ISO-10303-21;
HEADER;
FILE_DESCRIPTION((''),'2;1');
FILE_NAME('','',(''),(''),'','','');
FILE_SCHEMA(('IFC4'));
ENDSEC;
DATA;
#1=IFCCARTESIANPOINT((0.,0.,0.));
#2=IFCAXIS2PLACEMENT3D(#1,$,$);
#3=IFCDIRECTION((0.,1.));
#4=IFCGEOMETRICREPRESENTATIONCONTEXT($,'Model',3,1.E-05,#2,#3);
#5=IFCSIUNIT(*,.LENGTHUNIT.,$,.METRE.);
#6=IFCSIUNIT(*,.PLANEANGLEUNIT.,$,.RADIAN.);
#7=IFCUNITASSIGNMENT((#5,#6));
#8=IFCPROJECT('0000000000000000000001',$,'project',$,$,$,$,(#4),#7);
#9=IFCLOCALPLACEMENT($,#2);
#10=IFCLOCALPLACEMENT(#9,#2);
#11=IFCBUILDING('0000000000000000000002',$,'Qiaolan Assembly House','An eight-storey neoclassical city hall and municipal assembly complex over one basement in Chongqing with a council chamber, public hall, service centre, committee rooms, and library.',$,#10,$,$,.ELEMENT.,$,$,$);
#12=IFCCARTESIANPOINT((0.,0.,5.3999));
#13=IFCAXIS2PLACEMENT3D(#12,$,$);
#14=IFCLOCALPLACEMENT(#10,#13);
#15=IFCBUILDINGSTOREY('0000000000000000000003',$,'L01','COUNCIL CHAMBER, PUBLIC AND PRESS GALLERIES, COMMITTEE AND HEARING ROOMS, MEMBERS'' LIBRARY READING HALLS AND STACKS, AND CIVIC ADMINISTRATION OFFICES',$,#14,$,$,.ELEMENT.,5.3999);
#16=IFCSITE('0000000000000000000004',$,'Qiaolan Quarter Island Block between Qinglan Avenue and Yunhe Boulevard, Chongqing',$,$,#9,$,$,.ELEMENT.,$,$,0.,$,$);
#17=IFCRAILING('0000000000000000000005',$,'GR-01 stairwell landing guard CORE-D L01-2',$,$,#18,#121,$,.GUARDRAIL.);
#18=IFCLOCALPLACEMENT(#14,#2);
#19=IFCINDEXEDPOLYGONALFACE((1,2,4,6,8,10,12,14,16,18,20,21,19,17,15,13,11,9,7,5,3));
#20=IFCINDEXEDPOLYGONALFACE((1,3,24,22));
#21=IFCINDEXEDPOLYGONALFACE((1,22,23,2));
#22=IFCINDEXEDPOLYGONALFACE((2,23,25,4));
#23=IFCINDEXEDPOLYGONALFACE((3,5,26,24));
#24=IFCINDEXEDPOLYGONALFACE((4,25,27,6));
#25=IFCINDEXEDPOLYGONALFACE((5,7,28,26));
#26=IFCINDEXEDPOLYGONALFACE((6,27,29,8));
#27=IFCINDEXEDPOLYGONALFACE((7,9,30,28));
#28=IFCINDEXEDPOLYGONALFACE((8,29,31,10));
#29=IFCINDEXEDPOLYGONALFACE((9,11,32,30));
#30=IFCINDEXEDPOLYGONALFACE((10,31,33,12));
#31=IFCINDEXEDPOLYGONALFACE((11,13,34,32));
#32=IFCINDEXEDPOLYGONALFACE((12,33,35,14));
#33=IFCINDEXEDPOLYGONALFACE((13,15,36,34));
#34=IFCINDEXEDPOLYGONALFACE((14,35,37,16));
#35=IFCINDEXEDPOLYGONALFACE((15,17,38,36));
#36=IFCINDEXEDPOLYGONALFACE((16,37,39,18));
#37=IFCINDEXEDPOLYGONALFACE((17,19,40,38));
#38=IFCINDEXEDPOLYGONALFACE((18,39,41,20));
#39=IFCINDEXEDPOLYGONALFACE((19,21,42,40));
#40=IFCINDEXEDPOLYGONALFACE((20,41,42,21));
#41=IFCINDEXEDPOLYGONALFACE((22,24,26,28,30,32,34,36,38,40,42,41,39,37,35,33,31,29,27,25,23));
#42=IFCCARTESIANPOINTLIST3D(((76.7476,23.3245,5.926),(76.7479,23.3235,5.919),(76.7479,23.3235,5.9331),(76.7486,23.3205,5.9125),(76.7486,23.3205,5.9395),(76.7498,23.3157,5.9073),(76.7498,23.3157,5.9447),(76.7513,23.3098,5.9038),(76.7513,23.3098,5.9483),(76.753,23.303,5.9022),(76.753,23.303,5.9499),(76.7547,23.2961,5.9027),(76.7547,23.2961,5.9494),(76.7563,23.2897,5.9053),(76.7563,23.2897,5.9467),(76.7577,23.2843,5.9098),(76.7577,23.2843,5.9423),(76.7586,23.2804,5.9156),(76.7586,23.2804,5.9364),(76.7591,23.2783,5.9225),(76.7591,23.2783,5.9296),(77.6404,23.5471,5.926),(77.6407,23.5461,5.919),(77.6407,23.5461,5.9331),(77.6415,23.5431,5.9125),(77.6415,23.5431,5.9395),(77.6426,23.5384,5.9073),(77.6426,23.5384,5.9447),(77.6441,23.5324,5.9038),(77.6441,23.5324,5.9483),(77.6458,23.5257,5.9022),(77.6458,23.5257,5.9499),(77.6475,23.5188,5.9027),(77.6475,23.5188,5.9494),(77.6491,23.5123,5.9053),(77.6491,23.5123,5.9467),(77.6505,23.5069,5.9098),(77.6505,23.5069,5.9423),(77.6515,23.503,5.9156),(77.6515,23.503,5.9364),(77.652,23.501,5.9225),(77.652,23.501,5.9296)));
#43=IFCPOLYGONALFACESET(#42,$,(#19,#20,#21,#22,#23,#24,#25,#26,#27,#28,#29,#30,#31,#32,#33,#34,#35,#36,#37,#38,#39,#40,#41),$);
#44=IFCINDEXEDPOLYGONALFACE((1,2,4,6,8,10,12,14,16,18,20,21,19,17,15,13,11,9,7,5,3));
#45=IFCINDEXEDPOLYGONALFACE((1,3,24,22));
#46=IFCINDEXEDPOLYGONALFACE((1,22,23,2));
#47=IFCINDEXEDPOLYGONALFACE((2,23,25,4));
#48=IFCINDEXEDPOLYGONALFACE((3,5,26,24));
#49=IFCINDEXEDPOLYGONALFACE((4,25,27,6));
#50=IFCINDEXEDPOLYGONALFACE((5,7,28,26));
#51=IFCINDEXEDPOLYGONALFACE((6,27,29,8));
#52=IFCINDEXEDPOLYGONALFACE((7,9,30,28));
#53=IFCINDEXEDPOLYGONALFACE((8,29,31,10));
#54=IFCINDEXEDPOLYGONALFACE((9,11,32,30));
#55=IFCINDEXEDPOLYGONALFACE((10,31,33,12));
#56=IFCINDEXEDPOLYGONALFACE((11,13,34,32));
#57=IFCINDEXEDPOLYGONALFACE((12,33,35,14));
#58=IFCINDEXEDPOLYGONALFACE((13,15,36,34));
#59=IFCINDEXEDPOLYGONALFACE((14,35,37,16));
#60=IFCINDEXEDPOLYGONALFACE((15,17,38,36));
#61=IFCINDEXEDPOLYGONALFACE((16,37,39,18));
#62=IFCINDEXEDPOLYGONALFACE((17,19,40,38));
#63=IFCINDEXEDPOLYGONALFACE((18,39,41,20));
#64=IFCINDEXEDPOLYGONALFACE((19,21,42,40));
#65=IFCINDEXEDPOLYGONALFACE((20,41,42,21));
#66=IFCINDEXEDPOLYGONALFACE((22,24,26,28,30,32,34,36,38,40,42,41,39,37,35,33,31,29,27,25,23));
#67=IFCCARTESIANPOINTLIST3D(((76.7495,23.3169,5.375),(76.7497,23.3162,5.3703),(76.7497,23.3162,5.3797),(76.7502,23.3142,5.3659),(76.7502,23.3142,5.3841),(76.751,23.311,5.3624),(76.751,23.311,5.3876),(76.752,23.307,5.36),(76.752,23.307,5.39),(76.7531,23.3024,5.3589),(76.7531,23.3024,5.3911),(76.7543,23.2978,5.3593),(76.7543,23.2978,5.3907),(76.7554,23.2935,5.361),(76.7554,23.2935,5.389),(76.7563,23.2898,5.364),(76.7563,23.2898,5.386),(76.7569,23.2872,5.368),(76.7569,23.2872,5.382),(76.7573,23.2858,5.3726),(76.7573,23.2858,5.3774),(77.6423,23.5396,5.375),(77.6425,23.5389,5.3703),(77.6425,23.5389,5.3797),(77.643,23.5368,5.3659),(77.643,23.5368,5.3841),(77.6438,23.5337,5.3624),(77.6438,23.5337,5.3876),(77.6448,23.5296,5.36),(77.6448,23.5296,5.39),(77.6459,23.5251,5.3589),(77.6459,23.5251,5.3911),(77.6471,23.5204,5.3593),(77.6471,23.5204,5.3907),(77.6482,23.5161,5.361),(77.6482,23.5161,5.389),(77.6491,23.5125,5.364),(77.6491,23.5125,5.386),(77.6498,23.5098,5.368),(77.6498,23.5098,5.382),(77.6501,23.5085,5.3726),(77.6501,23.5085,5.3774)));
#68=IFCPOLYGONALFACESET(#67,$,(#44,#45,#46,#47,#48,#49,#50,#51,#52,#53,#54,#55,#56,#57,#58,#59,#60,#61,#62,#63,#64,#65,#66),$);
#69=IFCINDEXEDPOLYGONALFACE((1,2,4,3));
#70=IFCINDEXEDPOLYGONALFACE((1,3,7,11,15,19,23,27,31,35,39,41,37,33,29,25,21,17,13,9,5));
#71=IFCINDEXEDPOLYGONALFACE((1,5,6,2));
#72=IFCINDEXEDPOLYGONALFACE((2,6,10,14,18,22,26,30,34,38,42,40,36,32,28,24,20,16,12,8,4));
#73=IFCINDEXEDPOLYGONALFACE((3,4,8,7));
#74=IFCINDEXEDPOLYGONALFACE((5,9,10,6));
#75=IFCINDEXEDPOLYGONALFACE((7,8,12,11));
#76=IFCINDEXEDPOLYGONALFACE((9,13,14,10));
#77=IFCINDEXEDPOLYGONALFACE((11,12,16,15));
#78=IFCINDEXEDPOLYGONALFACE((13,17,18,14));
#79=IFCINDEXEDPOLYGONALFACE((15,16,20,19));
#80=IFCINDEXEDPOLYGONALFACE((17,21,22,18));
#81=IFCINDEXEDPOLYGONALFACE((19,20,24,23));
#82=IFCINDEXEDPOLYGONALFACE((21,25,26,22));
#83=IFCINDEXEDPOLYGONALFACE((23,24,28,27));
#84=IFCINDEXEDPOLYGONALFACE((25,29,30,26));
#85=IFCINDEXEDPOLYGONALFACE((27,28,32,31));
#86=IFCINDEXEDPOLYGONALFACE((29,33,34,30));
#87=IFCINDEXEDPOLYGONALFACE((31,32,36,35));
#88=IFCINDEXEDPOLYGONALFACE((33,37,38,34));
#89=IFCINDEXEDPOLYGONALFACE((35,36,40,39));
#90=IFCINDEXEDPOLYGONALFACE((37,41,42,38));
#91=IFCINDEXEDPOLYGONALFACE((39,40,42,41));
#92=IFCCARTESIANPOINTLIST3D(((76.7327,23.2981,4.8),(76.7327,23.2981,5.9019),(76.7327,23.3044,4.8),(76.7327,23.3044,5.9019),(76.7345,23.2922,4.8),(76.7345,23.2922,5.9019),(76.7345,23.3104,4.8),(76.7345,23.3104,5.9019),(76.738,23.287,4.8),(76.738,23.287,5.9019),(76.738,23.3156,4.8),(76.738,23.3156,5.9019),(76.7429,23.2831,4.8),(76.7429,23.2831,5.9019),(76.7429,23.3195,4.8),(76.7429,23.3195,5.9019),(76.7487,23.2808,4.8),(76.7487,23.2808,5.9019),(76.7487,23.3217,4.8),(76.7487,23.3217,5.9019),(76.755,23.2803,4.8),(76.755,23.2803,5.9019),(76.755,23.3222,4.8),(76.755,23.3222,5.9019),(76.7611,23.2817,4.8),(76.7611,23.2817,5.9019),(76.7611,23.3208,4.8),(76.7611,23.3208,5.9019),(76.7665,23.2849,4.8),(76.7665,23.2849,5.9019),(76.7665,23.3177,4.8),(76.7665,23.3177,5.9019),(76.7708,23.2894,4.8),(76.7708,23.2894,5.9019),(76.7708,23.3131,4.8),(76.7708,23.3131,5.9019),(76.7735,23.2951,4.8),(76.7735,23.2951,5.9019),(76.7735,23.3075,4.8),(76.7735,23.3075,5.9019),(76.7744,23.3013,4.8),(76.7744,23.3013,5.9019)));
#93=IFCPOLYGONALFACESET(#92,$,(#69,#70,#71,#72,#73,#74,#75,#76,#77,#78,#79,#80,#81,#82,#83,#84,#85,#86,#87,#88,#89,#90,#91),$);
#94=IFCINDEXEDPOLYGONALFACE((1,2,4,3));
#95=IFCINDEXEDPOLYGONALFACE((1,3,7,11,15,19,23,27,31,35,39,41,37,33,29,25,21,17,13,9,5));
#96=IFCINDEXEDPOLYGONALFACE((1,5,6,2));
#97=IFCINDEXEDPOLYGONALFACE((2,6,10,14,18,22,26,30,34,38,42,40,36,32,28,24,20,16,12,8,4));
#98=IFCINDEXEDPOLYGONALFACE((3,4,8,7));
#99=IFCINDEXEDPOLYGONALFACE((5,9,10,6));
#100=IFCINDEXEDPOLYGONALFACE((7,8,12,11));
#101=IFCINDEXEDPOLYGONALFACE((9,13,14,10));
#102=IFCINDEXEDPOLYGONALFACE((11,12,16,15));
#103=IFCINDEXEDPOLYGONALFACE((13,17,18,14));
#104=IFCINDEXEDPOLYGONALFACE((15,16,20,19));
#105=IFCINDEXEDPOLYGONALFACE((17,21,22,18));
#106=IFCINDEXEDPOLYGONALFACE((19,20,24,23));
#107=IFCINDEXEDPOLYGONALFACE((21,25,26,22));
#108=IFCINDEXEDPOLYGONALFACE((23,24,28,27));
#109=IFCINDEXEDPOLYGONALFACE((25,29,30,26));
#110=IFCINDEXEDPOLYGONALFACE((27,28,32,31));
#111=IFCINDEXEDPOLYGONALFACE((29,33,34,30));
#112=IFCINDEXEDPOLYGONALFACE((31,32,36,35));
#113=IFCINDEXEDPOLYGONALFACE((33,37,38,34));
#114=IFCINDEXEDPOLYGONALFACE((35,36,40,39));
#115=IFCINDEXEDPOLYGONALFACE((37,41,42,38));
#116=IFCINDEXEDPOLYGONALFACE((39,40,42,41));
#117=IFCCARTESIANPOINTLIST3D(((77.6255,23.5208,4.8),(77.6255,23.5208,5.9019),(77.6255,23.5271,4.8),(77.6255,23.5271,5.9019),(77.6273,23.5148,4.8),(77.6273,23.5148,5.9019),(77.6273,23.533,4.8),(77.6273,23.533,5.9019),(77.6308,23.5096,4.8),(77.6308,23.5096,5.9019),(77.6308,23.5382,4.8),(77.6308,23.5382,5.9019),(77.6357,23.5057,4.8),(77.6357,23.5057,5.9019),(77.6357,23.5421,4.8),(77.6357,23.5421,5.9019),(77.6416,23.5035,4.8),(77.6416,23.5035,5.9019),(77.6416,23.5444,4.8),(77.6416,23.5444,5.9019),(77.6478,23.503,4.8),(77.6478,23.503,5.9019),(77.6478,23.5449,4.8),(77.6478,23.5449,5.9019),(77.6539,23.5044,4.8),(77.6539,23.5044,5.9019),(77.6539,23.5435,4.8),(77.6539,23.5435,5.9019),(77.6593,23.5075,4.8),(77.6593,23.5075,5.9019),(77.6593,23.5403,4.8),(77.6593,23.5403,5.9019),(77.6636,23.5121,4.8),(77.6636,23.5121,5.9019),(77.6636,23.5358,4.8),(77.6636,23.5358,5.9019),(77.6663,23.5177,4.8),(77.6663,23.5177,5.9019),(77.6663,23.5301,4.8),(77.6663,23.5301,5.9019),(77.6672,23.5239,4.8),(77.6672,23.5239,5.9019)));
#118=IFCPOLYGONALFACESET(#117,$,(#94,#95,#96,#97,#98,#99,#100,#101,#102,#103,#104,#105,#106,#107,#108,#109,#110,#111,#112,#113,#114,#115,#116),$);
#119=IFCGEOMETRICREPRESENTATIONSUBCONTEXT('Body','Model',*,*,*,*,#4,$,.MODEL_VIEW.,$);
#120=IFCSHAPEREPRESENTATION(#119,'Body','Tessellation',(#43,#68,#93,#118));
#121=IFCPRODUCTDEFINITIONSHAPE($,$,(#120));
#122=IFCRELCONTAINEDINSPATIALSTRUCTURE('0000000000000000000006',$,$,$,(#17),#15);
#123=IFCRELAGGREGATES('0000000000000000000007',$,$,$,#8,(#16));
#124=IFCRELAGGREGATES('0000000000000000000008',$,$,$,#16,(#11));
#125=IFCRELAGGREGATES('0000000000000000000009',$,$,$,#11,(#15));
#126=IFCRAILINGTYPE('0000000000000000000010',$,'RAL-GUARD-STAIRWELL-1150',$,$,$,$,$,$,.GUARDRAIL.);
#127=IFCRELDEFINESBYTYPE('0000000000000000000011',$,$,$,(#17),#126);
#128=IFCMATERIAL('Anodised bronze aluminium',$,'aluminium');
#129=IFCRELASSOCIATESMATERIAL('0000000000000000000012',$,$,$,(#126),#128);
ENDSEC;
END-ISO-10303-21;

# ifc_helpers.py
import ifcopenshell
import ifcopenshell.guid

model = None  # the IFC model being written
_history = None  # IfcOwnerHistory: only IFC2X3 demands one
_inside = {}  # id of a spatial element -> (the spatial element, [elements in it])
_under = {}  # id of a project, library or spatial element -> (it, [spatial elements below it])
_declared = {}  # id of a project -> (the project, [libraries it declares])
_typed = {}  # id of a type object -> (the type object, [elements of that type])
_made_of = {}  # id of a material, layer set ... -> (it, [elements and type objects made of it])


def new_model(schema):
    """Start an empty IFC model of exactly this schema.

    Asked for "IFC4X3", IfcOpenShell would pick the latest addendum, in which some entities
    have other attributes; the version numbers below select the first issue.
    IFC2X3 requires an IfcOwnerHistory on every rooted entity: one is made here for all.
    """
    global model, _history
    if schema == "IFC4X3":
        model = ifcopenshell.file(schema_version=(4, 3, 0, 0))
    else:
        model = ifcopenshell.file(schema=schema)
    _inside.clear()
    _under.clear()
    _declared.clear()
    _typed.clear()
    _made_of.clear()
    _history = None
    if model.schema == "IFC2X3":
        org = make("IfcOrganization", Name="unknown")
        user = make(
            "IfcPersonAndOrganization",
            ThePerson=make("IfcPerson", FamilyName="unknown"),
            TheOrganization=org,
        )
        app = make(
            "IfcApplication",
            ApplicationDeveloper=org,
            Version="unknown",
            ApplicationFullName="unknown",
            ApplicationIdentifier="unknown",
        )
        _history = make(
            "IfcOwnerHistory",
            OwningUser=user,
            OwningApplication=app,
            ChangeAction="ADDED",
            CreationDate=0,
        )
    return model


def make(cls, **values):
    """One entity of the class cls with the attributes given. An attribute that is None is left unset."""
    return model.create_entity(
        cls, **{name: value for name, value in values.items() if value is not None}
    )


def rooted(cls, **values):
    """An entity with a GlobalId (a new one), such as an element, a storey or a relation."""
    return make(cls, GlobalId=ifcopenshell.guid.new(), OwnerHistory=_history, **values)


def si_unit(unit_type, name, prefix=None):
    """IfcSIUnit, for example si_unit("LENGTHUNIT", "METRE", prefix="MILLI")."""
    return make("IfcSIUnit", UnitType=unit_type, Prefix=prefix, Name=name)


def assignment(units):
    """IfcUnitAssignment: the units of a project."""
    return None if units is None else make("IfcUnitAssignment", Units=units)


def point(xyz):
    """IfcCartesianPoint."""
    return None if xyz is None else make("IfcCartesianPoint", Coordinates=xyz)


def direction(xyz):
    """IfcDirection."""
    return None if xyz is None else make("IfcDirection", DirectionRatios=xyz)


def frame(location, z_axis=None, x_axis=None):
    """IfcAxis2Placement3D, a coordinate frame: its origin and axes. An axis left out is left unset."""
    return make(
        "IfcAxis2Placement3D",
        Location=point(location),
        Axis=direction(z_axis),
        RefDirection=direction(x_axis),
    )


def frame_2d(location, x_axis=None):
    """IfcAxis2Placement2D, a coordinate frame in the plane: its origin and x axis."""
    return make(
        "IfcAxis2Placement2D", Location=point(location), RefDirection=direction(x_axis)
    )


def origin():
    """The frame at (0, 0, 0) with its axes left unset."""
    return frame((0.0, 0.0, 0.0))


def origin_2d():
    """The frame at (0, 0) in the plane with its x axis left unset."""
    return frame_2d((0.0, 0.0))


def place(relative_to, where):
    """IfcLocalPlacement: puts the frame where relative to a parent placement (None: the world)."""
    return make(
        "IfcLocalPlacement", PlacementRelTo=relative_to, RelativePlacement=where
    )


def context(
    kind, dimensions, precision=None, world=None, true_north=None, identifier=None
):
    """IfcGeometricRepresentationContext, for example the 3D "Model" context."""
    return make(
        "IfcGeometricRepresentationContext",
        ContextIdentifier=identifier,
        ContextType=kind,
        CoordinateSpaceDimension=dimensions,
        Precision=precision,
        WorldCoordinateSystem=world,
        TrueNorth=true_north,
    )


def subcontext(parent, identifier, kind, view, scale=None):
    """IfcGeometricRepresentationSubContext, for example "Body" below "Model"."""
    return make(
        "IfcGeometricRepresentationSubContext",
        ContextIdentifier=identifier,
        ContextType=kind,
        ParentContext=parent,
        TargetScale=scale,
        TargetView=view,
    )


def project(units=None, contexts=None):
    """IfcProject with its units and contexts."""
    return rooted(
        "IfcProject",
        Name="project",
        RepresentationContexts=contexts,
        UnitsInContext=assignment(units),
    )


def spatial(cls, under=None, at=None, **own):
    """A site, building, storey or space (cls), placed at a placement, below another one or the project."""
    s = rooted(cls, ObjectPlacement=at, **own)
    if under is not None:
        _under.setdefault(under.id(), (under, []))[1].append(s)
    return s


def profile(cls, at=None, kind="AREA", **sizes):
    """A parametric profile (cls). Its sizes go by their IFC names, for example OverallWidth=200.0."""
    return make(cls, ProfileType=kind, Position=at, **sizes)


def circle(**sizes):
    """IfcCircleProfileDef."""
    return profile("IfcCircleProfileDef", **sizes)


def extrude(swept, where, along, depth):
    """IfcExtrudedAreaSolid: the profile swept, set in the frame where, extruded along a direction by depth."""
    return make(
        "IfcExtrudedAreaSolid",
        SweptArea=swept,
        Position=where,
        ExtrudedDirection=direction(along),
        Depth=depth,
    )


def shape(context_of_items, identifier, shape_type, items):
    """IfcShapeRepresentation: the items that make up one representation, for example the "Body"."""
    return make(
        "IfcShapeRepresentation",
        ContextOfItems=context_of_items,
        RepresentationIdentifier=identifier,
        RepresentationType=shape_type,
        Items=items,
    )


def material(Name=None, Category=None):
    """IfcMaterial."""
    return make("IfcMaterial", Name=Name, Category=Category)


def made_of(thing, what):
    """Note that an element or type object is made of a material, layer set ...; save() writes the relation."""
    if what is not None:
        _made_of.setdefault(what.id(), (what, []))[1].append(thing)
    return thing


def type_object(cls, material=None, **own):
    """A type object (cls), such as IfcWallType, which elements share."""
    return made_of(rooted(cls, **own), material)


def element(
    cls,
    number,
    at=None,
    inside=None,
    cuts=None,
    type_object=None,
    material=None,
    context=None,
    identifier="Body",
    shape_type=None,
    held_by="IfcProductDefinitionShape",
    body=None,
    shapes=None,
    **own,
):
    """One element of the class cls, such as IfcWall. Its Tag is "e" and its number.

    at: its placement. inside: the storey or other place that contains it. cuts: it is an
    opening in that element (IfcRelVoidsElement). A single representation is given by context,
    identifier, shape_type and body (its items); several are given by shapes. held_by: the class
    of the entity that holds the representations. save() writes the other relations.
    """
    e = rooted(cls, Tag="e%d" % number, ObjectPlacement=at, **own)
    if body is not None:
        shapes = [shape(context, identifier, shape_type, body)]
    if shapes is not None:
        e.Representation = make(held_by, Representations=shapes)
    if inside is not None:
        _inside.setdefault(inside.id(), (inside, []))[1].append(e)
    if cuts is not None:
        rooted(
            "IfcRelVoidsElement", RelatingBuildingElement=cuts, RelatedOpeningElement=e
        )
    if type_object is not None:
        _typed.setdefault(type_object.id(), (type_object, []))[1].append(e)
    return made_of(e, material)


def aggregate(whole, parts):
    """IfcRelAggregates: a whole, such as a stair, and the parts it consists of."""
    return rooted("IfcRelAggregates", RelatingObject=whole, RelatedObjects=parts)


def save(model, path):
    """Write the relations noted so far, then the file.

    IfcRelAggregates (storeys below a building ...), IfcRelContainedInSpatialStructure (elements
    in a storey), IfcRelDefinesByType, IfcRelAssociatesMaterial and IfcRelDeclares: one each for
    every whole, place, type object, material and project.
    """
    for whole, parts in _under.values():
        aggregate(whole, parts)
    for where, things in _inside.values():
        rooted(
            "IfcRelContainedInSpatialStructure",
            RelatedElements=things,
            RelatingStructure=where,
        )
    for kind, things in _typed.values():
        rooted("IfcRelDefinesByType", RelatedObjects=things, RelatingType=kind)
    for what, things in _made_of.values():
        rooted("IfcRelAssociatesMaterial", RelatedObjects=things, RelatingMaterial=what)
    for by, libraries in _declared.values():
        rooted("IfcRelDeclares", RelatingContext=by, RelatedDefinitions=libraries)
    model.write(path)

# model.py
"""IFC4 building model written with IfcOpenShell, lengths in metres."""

from ifc_helpers import new_model, si_unit, direction, frame, origin, origin_2d, place, context, subcontext, project, spatial, circle, extrude, material, type_object, element, save


model = new_model("IFC4")

# Units and contexts
model_context = context("Model", 3, precision=1e-05, world=origin(), true_north=direction((0.0, 1.0)))
body_context = subcontext(model_context, "Body", "Model", "MODEL_VIEW")
ifc_project = project(units=[si_unit("LENGTHUNIT", "METRE"), si_unit("PLANEANGLEUNIT", "RADIAN")], contexts=[model_context])

# Site, building, storey
site_placement = place(None, origin())
site = spatial("IfcSite", under=ifc_project, at=site_placement, Name="Qiaolan Quarter Island Block between Qinglan Avenue and Yunhe Boulevard, Chongqing", CompositionType="ELEMENT", RefElevation=0.0)
building_placement = place(site_placement, origin())
building = spatial("IfcBuilding", under=site, at=building_placement, Name="Qiaolan Assembly House", Description="An eight-storey neoclassical city hall and municipal assembly complex over one basement in Chongqing with a council chamber, public hall, service centre, committee rooms, and library.", CompositionType="ELEMENT")
storey_placement = place(building_placement, frame((0.0, 0.0, 5.3999)))
storey = spatial("IfcBuildingStorey", under=building, at=storey_placement, Name="L01", Description="COUNCIL CHAMBER, PUBLIC AND PRESS GALLERIES, COMMITTEE AND HEARING ROOMS, MEMBERS' LIBRARY READING HALLS AND STACKS, AND CIVIC ADMINISTRATION OFFICES", CompositionType="ELEMENT", Elevation=5.3999)

# Railing
ifc_material_1 = material(Name="Anodised bronze aluminium", Category="aluminium")
railing_type_1 = type_object("IfcRailingType", Name="RAL-GUARD-STAIRWELL-1150", PredefinedType="GUARDRAIL", material=ifc_material_1)
for number, where, name in (
    (1, (76.7534, 23.3013, 4.8), "GR-01 stairwell landing guard CORE-D L01-2"),
):
    element("IfcRailing", number, at=place(storey_placement, frame(where)), inside=storey, type_object=railing_type_1, Name=name, PredefinedType="GUARDRAIL", context=body_context, shape_type="SweptSolid", body=[
        extrude(circle(Radius=0.0239, at=origin_2d()), frame((0.0, 0.0, 1.126), z_axis=(0.970283, 0.241974, 0.0), x_axis=(-0.241974, 0.970283, 0.0)), (0.0, 0.0, 1.0), 0.9202),
        extrude(circle(Radius=0.0161, at=origin_2d()), frame((0.0, 0.0, 0.575), z_axis=(0.970283, 0.241974, 0.0), x_axis=(-0.241974, 0.970283, 0.0)), (0.0, 0.0, 1.0), 0.9202),
        extrude(circle(Radius=0.021, at=origin_2d()), origin(), (0.0, 0.0, 1.0), 1.1018),
        extrude(circle(Radius=0.021, at=origin_2d()), frame((0.8928, 0.2227, 0.0)), (0.0, 0.0, 1.0), 1.1018),
    ])

save(model, "model.ifc")
